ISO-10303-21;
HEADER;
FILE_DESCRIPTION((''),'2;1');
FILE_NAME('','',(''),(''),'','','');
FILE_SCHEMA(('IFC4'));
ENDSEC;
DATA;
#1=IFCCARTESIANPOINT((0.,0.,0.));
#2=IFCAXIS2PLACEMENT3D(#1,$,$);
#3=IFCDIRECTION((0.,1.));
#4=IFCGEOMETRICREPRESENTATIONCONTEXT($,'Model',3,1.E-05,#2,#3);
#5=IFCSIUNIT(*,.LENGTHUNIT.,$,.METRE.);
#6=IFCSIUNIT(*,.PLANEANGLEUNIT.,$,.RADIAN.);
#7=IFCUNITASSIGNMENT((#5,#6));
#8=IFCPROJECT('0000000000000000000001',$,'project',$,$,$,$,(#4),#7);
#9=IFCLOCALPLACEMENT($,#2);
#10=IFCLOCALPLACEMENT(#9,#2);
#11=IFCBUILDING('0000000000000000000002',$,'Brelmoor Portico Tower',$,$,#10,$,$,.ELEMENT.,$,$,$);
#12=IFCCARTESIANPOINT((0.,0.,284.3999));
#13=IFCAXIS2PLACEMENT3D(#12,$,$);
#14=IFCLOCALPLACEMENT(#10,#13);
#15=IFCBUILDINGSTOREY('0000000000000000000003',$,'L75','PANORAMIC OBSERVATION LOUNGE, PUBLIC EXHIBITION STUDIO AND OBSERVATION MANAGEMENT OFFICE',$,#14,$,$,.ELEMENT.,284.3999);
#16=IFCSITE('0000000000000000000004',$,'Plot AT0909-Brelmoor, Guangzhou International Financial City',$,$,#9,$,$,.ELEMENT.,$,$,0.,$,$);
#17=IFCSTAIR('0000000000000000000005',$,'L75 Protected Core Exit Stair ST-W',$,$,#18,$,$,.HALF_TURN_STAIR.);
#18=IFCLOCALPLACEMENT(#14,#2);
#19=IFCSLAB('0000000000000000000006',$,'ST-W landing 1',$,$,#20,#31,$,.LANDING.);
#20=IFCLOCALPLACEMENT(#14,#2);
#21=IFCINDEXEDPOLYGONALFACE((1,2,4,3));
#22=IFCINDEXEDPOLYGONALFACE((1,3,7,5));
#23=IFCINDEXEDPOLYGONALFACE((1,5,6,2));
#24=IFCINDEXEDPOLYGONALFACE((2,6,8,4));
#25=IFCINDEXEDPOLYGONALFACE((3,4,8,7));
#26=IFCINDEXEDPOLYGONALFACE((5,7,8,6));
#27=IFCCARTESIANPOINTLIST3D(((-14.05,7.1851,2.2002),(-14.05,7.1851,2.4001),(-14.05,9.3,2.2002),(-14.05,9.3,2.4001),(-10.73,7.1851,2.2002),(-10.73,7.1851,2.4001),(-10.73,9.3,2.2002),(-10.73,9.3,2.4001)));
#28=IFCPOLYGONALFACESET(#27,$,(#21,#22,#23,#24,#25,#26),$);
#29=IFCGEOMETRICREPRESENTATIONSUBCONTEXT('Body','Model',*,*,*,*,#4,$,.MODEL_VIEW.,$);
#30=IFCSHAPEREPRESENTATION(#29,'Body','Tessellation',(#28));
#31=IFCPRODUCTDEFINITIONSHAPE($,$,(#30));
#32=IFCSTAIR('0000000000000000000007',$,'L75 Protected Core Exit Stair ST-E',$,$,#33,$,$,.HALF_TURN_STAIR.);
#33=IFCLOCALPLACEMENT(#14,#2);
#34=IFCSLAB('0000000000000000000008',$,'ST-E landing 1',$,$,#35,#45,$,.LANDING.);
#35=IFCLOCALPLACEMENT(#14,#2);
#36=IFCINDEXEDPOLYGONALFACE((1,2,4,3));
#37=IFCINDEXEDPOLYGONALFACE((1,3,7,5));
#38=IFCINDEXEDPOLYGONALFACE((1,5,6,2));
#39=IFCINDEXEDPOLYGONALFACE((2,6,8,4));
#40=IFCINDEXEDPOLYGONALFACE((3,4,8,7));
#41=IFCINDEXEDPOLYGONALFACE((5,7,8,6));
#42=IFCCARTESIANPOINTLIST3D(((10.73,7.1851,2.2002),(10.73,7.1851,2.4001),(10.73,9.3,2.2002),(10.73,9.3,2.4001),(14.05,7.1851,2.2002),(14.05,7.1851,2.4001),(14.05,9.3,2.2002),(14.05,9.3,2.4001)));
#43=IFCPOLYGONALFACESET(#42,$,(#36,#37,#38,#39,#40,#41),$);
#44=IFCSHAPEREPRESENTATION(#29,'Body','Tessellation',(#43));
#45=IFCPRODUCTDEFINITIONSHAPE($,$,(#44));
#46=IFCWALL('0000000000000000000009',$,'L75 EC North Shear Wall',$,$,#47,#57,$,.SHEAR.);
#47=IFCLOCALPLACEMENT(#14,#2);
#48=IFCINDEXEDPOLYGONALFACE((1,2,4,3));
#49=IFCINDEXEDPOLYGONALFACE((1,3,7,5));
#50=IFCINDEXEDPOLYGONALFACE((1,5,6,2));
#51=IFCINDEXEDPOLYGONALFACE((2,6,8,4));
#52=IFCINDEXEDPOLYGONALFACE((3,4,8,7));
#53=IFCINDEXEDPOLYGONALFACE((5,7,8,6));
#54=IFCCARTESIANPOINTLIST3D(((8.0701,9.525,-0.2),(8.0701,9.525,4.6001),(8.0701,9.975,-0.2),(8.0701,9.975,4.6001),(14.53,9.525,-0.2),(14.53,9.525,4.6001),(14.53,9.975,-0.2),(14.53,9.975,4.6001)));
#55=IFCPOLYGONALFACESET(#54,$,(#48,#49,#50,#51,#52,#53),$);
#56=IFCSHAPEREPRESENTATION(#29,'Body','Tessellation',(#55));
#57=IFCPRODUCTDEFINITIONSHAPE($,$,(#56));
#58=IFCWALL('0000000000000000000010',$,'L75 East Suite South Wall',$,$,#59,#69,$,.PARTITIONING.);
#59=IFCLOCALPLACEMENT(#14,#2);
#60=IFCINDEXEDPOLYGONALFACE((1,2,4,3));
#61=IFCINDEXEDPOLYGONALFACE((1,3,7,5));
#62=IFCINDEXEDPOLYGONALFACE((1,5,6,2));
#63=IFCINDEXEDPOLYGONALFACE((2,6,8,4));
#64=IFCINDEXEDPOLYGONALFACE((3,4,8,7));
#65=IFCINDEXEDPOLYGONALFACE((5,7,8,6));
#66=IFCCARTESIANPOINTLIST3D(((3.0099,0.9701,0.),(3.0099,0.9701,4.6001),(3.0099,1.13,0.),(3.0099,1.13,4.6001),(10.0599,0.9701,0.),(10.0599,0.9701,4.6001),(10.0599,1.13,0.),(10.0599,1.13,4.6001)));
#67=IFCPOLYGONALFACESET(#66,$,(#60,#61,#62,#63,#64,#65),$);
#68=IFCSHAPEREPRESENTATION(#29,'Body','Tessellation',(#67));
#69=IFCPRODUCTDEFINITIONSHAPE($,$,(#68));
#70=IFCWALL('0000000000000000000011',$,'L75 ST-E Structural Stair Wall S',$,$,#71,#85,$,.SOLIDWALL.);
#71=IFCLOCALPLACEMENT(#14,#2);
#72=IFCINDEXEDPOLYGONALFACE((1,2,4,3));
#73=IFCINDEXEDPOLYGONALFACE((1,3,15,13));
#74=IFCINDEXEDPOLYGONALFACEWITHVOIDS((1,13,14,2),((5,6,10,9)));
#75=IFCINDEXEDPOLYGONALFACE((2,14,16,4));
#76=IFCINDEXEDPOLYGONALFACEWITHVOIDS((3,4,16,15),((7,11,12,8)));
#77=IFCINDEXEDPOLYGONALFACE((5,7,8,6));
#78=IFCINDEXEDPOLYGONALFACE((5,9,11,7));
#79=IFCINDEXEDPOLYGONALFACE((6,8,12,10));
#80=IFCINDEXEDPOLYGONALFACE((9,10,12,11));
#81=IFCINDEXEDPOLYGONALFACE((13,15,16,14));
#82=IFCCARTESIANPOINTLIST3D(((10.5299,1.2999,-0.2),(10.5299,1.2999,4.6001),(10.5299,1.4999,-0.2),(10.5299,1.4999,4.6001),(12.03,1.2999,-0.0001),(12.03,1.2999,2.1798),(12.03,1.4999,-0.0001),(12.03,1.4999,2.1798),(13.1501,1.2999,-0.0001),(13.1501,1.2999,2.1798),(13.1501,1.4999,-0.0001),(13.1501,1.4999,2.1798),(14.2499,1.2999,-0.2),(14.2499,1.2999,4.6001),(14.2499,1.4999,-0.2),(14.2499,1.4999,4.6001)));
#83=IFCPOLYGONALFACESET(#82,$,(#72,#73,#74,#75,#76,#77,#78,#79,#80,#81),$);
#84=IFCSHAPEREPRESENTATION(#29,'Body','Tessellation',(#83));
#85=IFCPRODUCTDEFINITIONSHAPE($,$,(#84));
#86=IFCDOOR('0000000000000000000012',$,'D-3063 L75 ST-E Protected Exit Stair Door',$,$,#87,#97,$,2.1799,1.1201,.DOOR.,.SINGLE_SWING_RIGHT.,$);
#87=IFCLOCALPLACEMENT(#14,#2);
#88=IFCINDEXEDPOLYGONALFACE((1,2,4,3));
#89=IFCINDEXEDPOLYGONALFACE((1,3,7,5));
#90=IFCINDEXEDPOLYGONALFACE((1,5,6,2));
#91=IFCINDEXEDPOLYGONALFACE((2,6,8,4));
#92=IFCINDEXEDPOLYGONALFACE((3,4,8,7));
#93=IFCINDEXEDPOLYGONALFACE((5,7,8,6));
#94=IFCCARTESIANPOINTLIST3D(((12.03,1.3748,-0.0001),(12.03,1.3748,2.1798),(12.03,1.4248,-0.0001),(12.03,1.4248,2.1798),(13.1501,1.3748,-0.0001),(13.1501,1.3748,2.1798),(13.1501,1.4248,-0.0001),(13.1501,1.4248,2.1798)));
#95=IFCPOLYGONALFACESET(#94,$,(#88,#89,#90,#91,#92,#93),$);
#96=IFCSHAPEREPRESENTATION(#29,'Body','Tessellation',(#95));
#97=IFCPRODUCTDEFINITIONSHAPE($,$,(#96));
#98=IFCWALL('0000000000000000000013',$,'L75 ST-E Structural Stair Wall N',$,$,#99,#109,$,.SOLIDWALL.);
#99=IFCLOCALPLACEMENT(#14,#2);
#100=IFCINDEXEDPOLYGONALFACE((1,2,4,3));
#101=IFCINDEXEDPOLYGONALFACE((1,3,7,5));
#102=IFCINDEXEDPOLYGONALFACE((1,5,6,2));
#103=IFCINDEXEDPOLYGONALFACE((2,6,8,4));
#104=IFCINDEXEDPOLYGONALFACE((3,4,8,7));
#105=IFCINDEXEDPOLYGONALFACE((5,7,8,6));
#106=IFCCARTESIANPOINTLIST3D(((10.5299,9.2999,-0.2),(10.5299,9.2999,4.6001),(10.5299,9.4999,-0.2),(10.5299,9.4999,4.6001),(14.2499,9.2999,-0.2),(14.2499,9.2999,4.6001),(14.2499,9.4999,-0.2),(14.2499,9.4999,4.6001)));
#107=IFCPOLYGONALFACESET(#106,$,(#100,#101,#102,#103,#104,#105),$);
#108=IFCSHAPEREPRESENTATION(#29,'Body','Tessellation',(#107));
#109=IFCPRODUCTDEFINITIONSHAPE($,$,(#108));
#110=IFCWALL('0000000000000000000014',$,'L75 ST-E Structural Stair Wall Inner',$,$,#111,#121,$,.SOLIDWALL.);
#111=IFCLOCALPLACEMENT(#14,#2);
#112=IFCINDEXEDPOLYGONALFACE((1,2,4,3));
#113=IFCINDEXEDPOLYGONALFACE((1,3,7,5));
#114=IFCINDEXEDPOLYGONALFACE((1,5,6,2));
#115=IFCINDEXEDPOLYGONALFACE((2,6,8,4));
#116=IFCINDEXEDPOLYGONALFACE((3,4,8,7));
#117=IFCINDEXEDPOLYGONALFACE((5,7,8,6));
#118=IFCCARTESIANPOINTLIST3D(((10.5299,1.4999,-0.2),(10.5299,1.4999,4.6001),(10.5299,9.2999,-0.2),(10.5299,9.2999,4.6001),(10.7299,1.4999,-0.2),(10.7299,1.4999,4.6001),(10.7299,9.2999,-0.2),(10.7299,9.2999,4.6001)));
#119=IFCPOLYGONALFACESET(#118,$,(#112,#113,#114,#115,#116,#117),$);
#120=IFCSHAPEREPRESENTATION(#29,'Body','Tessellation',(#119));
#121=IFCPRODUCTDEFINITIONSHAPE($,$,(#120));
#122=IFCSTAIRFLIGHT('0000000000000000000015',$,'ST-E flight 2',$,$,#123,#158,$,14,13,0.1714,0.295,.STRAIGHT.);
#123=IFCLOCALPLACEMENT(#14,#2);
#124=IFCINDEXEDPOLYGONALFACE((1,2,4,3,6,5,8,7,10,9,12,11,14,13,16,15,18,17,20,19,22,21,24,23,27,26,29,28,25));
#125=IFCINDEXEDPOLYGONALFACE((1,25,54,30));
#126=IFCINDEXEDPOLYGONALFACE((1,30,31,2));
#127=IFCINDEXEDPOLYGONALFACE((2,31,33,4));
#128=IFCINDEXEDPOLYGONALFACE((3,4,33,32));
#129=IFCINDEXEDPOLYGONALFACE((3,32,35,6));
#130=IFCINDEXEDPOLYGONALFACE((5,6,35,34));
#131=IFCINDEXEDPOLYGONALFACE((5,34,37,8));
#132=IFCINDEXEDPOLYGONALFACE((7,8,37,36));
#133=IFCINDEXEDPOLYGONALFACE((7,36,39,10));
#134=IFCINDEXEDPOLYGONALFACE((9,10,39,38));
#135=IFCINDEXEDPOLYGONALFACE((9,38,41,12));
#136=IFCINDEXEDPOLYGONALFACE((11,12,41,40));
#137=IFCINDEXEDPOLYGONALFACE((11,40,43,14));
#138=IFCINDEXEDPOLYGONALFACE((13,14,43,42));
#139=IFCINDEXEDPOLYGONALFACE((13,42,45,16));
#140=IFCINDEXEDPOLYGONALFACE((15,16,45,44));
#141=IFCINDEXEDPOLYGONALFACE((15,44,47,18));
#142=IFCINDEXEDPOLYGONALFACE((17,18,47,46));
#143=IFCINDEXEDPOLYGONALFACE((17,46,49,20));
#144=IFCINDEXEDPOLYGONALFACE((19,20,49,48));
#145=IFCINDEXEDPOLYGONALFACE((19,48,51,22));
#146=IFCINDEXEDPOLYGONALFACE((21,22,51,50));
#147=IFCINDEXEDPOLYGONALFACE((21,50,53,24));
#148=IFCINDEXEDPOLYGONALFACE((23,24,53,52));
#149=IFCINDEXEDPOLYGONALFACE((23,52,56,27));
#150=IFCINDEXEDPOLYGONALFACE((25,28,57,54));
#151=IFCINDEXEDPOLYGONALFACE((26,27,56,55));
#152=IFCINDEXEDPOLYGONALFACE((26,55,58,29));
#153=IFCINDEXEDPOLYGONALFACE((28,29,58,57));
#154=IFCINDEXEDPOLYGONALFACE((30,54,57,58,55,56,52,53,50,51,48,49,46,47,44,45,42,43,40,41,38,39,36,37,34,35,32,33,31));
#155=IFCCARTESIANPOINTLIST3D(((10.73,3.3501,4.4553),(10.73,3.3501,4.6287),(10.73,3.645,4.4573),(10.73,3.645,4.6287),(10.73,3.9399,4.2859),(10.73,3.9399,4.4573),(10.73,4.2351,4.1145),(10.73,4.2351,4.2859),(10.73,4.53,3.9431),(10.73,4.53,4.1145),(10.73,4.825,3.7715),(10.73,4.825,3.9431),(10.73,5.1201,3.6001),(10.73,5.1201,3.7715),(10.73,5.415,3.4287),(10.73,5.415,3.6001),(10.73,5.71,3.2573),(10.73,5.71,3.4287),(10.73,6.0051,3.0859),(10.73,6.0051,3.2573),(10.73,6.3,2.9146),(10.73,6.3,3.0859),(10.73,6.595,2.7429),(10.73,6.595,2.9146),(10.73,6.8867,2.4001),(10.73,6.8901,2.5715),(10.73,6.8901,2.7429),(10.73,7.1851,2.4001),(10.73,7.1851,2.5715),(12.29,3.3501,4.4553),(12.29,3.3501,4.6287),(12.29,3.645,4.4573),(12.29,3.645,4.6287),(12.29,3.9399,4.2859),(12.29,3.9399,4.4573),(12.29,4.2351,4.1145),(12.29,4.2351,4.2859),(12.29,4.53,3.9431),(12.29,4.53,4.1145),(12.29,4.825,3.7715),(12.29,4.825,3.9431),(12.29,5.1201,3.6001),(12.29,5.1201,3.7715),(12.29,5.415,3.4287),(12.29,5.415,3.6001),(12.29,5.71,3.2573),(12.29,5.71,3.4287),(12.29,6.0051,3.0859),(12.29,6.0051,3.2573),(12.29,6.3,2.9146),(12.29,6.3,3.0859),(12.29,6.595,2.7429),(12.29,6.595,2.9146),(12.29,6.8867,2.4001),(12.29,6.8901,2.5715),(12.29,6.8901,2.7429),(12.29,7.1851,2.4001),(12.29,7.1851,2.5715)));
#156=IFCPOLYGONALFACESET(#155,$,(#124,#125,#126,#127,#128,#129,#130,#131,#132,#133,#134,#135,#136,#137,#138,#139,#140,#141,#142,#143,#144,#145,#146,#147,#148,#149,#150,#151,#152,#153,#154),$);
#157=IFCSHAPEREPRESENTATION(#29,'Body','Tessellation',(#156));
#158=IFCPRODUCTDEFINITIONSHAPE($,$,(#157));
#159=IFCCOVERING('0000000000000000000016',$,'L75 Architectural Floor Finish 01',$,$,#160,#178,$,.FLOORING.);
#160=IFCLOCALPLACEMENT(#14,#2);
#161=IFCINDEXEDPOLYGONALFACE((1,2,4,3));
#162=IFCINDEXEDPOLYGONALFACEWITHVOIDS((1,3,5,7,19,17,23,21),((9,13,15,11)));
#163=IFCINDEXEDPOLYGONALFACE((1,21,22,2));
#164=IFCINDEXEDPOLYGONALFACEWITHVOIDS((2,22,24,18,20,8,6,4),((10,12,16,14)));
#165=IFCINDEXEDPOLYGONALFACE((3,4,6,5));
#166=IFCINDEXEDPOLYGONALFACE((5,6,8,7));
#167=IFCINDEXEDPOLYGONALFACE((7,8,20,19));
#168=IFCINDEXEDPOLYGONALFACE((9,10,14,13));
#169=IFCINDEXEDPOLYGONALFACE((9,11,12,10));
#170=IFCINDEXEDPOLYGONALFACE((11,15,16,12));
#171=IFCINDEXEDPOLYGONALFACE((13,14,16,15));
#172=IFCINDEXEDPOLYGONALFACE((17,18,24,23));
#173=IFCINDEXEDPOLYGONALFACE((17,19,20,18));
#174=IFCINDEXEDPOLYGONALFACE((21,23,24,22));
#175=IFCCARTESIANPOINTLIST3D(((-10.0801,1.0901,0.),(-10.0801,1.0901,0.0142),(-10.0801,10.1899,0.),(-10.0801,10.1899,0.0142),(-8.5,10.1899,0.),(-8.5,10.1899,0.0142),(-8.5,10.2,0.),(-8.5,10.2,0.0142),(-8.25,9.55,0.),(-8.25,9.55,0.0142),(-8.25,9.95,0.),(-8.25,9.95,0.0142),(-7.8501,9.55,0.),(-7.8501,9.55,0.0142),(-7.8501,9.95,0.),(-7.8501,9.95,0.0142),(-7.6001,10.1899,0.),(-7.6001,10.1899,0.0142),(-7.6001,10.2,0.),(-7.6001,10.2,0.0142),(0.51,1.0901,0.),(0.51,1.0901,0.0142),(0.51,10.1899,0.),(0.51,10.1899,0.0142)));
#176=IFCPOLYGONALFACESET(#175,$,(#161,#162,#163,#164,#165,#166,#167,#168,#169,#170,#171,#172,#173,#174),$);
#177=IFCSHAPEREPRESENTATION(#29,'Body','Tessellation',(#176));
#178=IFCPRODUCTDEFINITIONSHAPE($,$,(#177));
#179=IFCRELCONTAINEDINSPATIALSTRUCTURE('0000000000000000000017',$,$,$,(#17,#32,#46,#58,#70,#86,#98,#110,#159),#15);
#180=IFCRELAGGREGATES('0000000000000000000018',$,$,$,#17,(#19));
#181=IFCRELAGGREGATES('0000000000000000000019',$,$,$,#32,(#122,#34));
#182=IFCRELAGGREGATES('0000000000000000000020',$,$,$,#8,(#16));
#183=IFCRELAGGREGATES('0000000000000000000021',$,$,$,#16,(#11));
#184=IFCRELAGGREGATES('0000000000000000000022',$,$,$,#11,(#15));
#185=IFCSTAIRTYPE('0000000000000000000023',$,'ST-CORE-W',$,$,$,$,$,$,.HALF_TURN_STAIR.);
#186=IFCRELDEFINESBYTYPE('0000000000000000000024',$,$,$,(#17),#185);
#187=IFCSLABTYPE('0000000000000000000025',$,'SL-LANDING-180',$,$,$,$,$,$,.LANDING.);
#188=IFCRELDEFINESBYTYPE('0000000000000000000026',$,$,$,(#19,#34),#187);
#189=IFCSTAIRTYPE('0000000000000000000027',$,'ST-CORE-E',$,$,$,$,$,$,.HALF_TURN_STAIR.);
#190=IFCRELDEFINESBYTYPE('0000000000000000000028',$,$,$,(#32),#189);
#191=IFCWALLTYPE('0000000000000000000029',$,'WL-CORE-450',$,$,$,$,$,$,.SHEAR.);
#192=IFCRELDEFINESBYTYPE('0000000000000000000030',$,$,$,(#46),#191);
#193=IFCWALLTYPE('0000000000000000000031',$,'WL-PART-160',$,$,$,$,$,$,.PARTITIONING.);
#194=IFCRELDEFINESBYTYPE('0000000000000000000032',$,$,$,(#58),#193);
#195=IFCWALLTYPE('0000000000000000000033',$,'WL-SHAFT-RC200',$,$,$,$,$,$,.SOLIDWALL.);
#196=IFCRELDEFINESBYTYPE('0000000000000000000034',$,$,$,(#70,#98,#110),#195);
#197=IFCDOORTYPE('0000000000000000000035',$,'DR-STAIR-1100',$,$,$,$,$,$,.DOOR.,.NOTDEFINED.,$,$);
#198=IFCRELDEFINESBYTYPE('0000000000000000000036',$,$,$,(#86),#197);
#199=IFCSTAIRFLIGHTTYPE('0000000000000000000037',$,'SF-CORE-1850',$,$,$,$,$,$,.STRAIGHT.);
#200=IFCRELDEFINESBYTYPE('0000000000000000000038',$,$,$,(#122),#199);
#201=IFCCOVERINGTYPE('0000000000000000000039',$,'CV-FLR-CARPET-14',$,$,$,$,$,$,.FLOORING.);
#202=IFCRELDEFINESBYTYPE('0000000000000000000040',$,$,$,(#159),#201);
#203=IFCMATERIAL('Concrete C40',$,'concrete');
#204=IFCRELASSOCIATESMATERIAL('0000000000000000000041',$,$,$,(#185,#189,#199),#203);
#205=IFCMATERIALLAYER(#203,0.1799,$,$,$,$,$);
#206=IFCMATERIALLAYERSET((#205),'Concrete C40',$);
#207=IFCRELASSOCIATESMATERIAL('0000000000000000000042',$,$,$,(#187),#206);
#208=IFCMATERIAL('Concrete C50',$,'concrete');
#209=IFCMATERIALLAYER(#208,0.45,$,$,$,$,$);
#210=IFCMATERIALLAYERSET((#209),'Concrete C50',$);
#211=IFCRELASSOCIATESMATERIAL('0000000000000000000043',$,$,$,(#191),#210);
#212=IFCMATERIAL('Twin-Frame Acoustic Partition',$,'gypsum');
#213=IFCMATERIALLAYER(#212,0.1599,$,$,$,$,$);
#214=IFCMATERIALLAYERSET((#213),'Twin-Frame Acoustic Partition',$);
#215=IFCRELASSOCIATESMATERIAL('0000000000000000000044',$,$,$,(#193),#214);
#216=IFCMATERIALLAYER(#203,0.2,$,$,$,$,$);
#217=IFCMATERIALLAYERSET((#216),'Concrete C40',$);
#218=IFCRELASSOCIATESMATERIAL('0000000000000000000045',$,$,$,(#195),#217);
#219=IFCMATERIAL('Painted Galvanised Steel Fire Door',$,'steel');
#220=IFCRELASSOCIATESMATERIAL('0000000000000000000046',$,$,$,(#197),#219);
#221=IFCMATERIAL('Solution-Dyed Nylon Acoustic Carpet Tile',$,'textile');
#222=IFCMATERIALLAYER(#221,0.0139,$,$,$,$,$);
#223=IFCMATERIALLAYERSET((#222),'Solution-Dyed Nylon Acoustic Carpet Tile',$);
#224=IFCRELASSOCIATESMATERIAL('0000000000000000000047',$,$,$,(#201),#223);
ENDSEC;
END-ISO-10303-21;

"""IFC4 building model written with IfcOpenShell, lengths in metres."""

from ifc_helpers import new_model, si_unit, direction, frame, frame_2d, origin, place, context, subcontext, project, spatial, polyline, rectangle, outline, extrude, material, layer, layer_set, type_object, element, fill, aggregate, save


model = new_model("IFC4")

# Units and contexts
model_context = context("Model", 3, precision=1e-05, world=origin(), true_north=direction((0.0, 1.0)))
body_context = subcontext(model_context, "Body", "Model", "MODEL_VIEW")
ifc_project = project(units=[si_unit("LENGTHUNIT", "METRE"), si_unit("PLANEANGLEUNIT", "RADIAN")], contexts=[model_context])

# Site, building, storey
site_placement = place(None, origin())
site = spatial("IfcSite", under=ifc_project, at=site_placement, Name="Plot AT0909-Brelmoor, Guangzhou International Financial City", CompositionType="ELEMENT", RefElevation=0.0)
building_placement = place(site_placement, origin())
building = spatial("IfcBuilding", under=site, at=building_placement, Name="Brelmoor Portico Tower", CompositionType="ELEMENT")
storey_placement = place(building_placement, frame((0.0, 0.0, 284.3999)))
storey = spatial("IfcBuildingStorey", under=building, at=storey_placement, Name="L75", Description="PANORAMIC OBSERVATION LOUNGE, PUBLIC EXHIBITION STUDIO AND OBSERVATION MANAGEMENT OFFICE", CompositionType="ELEMENT", Elevation=284.3999)

# Shared definitions
ifc_material_1 = material(Name="Concrete C40", Category="concrete")

# Stairs, slabs
stair_type_1 = type_object("IfcStairType", Name="ST-CORE-W", PredefinedType="HALF_TURN_STAIR", material=ifc_material_1)
stair_1_placement = place(storey_placement, origin())
stair_1 = element("IfcStair", 1, at=stair_1_placement, inside=storey, type_object=stair_type_1, Name="L75 Protected Core Exit Stair ST-W", PredefinedType="HALF_TURN_STAIR")
ifc_layer_1 = layer(ifc_material_1, 0.1799)
ifc_layer_set_1 = layer_set([ifc_layer_1], Name="Concrete C40")
slab_type_1 = type_object("IfcSlabType", Name="SL-LANDING-180", PredefinedType="LANDING", material=ifc_layer_set_1)
slab_1_placement = place(storey_placement, frame((0.0, 0.0, 2.2002)))
slab_1 = element("IfcSlab", 2, at=slab_1_placement, type_object=slab_type_1, Name="ST-W landing 1", PredefinedType="LANDING", context=body_context, shape_type="SweptSolid", body=[
    extrude(outline(polyline([(-10.73, 7.1851), (-10.73, 9.3), (-14.05, 9.3), (-14.05, 7.1851), (-10.73, 7.1851)])), origin(), (0.0, 0.0, 1.0), 0.2),
])
aggregate(stair_1, [slab_1])
stair_type_2 = type_object("IfcStairType", Name="ST-CORE-E", PredefinedType="HALF_TURN_STAIR", material=ifc_material_1)
stair_2_placement = place(storey_placement, origin())
stair_2 = element("IfcStair", 3, at=stair_2_placement, inside=storey, type_object=stair_type_2, Name="L75 Protected Core Exit Stair ST-E", PredefinedType="HALF_TURN_STAIR")
slab_2_placement = place(storey_placement, frame((0.0, 0.0, 2.2002)))
slab_2 = element("IfcSlab", 4, at=slab_2_placement, type_object=slab_type_1, Name="ST-E landing 1", PredefinedType="LANDING", context=body_context, shape_type="SweptSolid", body=[
    extrude(outline(polyline([(14.05, 7.1851), (14.05, 9.3), (10.73, 9.3), (10.73, 7.1851), (14.05, 7.1851)])), origin(), (0.0, 0.0, 1.0), 0.2),
])

# Walls
ifc_material_2 = material(Name="Concrete C50", Category="concrete")
ifc_layer_2 = layer(ifc_material_2, 0.45)
ifc_layer_set_2 = layer_set([ifc_layer_2], Name="Concrete C50")
wall_type_1 = type_object("IfcWallType", Name="WL-CORE-450", PredefinedType="SHEAR", material=ifc_layer_set_2)
wall_1_placement = place(storey_placement, frame((8.0701, 9.75, -0.2), z_axis=(0.0, 0.0, 1.0), x_axis=(1.0, 0.0, 0.0)))
element("IfcWall", 5, at=wall_1_placement, inside=storey, type_object=wall_type_1, Name="L75 EC North Shear Wall", PredefinedType="SHEAR", context=body_context, shape_type="SweptSolid", body=[
    extrude(rectangle(XDim=6.46, YDim=0.45, at=frame_2d((3.23, 0.0))), origin(), (0.0, 0.0, 1.0), 4.8),
])
ifc_material_3 = material(Name="Twin-Frame Acoustic Partition", Category="gypsum")
ifc_layer_3 = layer(ifc_material_3, 0.1599)
ifc_layer_set_3 = layer_set([ifc_layer_3], Name="Twin-Frame Acoustic Partition")
wall_type_2 = type_object("IfcWallType", Name="WL-PART-160", PredefinedType="PARTITIONING", material=ifc_layer_set_3)
wall_2_placement = place(storey_placement, frame((3.01, 1.05, 0.0), z_axis=(0.0, 0.0, 1.0), x_axis=(1.0, 0.0, 0.0)))
element("IfcWall", 6, at=wall_2_placement, inside=storey, type_object=wall_type_2, Name="L75 East Suite South Wall", PredefinedType="PARTITIONING", context=body_context, shape_type="SweptSolid", body=[
    extrude(rectangle(XDim=7.05, YDim=0.1599, at=frame_2d((3.5249, 0.0))), origin(), (0.0, 0.0, 1.0), 4.6001),
])

# Wall, opening, door
ifc_material_4 = material(Name="Painted Galvanised Steel Fire Door", Category="steel")
ifc_layer_4 = layer(ifc_material_1, 0.2)
ifc_layer_set_4 = layer_set([ifc_layer_4], Name="Concrete C40")
wall_type_3 = type_object("IfcWallType", Name="WL-SHAFT-RC200", PredefinedType="SOLIDWALL", material=ifc_layer_set_4)
wall_3_placement = place(storey_placement, frame((10.53, 1.3999, -0.2), z_axis=(0.0, 0.0, 1.0), x_axis=(1.0, 0.0, 0.0)))
wall_3 = element("IfcWall", 7, at=wall_3_placement, inside=storey, type_object=wall_type_3, Name="L75 ST-E Structural Stair Wall S", PredefinedType="SOLIDWALL", context=body_context, shape_type="SweptSolid", body=[
    extrude(rectangle(XDim=3.72, YDim=0.2, at=frame_2d((1.8599, 0.0))), origin(), (0.0, 0.0, 1.0), 4.8),
])
opening_1_placement = place(wall_3_placement, frame((1.5, 0.0, 0.2)))
opening_1 = element("IfcOpeningElement", 8, at=opening_1_placement, cuts=wall_3, PredefinedType="OPENING", context=body_context, shape_type="SweptSolid", body=[
    extrude(rectangle(XDim=1.1201, YDim=2.1799, at=frame_2d((0.5601, 1.0898))), frame((0.0, 0.1099, 0.0), z_axis=(0.0, -1.0, 0.0), x_axis=(1.0, 0.0, 0.0)), (0.0, 0.0, 1.0), 0.22),
])
door_type_1 = type_object("IfcDoorType", Name="DR-STAIR-1100", OperationType="NOTDEFINED", PredefinedType="DOOR", material=ifc_material_4)
door_1_placement = place(opening_1_placement, origin())
door_1 = element("IfcDoor", 9, at=door_1_placement, inside=storey, type_object=door_type_1, Name="D-3063 L75 ST-E Protected Exit Stair Door", OperationType="SINGLE_SWING_RIGHT", OverallHeight=2.1799, OverallWidth=1.1201, PredefinedType="DOOR", context=body_context, shape_type="SweptSolid", body=[
    extrude(rectangle(XDim=1.1201, YDim=2.1799, at=frame_2d((0.5601, 1.0898))), frame((0.0, 0.0249, 0.0), z_axis=(0.0, -1.0, 0.0), x_axis=(1.0, 0.0, 0.0)), (0.0, 0.0, 1.0), 0.05),
])
fill(opening_1, door_1)

# Walls
wall_4_placement = place(storey_placement, frame((10.53, 9.3999, -0.2), z_axis=(0.0, 0.0, 1.0), x_axis=(1.0, 0.0, 0.0)))
element("IfcWall", 10, at=wall_4_placement, inside=storey, type_object=wall_type_3, Name="L75 ST-E Structural Stair Wall N", PredefinedType="SOLIDWALL", context=body_context, shape_type="SweptSolid", body=[
    extrude(rectangle(XDim=3.72, YDim=0.2, at=frame_2d((1.8599, 0.0))), origin(), (0.0, 0.0, 1.0), 4.8),
])
wall_5_placement = place(storey_placement, frame((10.6299, 1.5, -0.2), z_axis=(0.0, 0.0, 1.0), x_axis=(0.0, 1.0, 0.0)))
element("IfcWall", 11, at=wall_5_placement, inside=storey, type_object=wall_type_3, Name="L75 ST-E Structural Stair Wall Inner", PredefinedType="SOLIDWALL", context=body_context, shape_type="SweptSolid", body=[
    extrude(rectangle(XDim=7.8, YDim=0.2, at=frame_2d((3.8999, 0.0))), origin(), (0.0, 0.0, 1.0), 4.8),
])

# Stair flight
stair_flight_type = type_object("IfcStairFlightType", Name="SF-CORE-1850", PredefinedType="STRAIGHT", material=ifc_material_1)
stair_flight_placement = place(storey_placement, frame((11.51, 7.1851, 2.4001), z_axis=(0.0, 0.0, 1.0), x_axis=(0.0, -1.0, 0.0)))
stair_flight = element("IfcStairFlight", 12, at=stair_flight_placement, type_object=stair_flight_type, Name="ST-E flight 2", NumberOfRisers=14, NumberOfTreads=13, PredefinedType="STRAIGHT", RiserHeight=0.1714, TreadLength=0.295, context=body_context, shape_type="SweptSolid", body=[
    extrude(outline(polyline([(0.0, 0.0), (0.0, 0.1714), (0.2949, 0.1714), (0.2949, 0.3428), (0.5901, 0.3428), (0.5901, 0.5144), (0.885, 0.5144), (0.885, 0.6858), (1.1799, 0.6858), (1.1799, 0.8572), (1.4751, 0.8572), (1.4751, 1.0286), (1.77, 1.0286), (1.77, 1.2), (2.0649, 1.2), (2.0649, 1.3713), (2.3601, 1.3713), (2.3601, 1.543), (2.655, 1.543), (2.655, 1.7144), (2.95, 1.7144), (2.95, 1.8857), (3.2451, 1.8857), (3.2451, 2.0571), (3.54, 2.0571), (3.54, 2.2285), (3.835, 2.2285), (3.835, 2.3999), (3.835, 2.0552), (0.2983, 0.0), (0.0, 0.0)])), frame((0.0, 0.78, 0.0), z_axis=(0.0, -1.0, 0.0), x_axis=(1.0, 0.0, 0.0)), (0.0, 0.0, 1.0), 1.5601),
])
aggregate(stair_2, [stair_flight, slab_2])

# Covering
ifc_material_5 = material(Name="Solution-Dyed Nylon Acoustic Carpet Tile", Category="textile")
ifc_layer_5 = layer(ifc_material_5, 0.0139)
ifc_layer_set_5 = layer_set([ifc_layer_5], Name="Solution-Dyed Nylon Acoustic Carpet Tile")
covering_type_1 = type_object("IfcCoveringType", Name="CV-FLR-CARPET-14", PredefinedType="FLOORING", material=ifc_layer_set_5)
covering_1_placement = place(storey_placement, origin())
element("IfcCovering", 13, at=covering_1_placement, inside=storey, type_object=covering_type_1, Name="L75 Architectural Floor Finish 01", PredefinedType="FLOORING", context=body_context, shape_type="SweptSolid", body=[
    extrude(outline(polyline([(-10.0801, 10.1899), (-8.5, 10.1899), (-8.5, 10.2), (-7.6001, 10.2), (-7.6001, 10.1899), (0.51, 10.1899), (0.51, 1.0901), (-10.0801, 1.0901), (-10.0801, 10.1899)]), holes=[polyline([(-7.8501, 9.55), (-7.8501, 9.95), (-8.25, 9.95), (-8.25, 9.55), (-7.8501, 9.55)])]), origin(), (0.0, 0.0, 1.0), 0.0142),
])

save(model, "model.ifc")
